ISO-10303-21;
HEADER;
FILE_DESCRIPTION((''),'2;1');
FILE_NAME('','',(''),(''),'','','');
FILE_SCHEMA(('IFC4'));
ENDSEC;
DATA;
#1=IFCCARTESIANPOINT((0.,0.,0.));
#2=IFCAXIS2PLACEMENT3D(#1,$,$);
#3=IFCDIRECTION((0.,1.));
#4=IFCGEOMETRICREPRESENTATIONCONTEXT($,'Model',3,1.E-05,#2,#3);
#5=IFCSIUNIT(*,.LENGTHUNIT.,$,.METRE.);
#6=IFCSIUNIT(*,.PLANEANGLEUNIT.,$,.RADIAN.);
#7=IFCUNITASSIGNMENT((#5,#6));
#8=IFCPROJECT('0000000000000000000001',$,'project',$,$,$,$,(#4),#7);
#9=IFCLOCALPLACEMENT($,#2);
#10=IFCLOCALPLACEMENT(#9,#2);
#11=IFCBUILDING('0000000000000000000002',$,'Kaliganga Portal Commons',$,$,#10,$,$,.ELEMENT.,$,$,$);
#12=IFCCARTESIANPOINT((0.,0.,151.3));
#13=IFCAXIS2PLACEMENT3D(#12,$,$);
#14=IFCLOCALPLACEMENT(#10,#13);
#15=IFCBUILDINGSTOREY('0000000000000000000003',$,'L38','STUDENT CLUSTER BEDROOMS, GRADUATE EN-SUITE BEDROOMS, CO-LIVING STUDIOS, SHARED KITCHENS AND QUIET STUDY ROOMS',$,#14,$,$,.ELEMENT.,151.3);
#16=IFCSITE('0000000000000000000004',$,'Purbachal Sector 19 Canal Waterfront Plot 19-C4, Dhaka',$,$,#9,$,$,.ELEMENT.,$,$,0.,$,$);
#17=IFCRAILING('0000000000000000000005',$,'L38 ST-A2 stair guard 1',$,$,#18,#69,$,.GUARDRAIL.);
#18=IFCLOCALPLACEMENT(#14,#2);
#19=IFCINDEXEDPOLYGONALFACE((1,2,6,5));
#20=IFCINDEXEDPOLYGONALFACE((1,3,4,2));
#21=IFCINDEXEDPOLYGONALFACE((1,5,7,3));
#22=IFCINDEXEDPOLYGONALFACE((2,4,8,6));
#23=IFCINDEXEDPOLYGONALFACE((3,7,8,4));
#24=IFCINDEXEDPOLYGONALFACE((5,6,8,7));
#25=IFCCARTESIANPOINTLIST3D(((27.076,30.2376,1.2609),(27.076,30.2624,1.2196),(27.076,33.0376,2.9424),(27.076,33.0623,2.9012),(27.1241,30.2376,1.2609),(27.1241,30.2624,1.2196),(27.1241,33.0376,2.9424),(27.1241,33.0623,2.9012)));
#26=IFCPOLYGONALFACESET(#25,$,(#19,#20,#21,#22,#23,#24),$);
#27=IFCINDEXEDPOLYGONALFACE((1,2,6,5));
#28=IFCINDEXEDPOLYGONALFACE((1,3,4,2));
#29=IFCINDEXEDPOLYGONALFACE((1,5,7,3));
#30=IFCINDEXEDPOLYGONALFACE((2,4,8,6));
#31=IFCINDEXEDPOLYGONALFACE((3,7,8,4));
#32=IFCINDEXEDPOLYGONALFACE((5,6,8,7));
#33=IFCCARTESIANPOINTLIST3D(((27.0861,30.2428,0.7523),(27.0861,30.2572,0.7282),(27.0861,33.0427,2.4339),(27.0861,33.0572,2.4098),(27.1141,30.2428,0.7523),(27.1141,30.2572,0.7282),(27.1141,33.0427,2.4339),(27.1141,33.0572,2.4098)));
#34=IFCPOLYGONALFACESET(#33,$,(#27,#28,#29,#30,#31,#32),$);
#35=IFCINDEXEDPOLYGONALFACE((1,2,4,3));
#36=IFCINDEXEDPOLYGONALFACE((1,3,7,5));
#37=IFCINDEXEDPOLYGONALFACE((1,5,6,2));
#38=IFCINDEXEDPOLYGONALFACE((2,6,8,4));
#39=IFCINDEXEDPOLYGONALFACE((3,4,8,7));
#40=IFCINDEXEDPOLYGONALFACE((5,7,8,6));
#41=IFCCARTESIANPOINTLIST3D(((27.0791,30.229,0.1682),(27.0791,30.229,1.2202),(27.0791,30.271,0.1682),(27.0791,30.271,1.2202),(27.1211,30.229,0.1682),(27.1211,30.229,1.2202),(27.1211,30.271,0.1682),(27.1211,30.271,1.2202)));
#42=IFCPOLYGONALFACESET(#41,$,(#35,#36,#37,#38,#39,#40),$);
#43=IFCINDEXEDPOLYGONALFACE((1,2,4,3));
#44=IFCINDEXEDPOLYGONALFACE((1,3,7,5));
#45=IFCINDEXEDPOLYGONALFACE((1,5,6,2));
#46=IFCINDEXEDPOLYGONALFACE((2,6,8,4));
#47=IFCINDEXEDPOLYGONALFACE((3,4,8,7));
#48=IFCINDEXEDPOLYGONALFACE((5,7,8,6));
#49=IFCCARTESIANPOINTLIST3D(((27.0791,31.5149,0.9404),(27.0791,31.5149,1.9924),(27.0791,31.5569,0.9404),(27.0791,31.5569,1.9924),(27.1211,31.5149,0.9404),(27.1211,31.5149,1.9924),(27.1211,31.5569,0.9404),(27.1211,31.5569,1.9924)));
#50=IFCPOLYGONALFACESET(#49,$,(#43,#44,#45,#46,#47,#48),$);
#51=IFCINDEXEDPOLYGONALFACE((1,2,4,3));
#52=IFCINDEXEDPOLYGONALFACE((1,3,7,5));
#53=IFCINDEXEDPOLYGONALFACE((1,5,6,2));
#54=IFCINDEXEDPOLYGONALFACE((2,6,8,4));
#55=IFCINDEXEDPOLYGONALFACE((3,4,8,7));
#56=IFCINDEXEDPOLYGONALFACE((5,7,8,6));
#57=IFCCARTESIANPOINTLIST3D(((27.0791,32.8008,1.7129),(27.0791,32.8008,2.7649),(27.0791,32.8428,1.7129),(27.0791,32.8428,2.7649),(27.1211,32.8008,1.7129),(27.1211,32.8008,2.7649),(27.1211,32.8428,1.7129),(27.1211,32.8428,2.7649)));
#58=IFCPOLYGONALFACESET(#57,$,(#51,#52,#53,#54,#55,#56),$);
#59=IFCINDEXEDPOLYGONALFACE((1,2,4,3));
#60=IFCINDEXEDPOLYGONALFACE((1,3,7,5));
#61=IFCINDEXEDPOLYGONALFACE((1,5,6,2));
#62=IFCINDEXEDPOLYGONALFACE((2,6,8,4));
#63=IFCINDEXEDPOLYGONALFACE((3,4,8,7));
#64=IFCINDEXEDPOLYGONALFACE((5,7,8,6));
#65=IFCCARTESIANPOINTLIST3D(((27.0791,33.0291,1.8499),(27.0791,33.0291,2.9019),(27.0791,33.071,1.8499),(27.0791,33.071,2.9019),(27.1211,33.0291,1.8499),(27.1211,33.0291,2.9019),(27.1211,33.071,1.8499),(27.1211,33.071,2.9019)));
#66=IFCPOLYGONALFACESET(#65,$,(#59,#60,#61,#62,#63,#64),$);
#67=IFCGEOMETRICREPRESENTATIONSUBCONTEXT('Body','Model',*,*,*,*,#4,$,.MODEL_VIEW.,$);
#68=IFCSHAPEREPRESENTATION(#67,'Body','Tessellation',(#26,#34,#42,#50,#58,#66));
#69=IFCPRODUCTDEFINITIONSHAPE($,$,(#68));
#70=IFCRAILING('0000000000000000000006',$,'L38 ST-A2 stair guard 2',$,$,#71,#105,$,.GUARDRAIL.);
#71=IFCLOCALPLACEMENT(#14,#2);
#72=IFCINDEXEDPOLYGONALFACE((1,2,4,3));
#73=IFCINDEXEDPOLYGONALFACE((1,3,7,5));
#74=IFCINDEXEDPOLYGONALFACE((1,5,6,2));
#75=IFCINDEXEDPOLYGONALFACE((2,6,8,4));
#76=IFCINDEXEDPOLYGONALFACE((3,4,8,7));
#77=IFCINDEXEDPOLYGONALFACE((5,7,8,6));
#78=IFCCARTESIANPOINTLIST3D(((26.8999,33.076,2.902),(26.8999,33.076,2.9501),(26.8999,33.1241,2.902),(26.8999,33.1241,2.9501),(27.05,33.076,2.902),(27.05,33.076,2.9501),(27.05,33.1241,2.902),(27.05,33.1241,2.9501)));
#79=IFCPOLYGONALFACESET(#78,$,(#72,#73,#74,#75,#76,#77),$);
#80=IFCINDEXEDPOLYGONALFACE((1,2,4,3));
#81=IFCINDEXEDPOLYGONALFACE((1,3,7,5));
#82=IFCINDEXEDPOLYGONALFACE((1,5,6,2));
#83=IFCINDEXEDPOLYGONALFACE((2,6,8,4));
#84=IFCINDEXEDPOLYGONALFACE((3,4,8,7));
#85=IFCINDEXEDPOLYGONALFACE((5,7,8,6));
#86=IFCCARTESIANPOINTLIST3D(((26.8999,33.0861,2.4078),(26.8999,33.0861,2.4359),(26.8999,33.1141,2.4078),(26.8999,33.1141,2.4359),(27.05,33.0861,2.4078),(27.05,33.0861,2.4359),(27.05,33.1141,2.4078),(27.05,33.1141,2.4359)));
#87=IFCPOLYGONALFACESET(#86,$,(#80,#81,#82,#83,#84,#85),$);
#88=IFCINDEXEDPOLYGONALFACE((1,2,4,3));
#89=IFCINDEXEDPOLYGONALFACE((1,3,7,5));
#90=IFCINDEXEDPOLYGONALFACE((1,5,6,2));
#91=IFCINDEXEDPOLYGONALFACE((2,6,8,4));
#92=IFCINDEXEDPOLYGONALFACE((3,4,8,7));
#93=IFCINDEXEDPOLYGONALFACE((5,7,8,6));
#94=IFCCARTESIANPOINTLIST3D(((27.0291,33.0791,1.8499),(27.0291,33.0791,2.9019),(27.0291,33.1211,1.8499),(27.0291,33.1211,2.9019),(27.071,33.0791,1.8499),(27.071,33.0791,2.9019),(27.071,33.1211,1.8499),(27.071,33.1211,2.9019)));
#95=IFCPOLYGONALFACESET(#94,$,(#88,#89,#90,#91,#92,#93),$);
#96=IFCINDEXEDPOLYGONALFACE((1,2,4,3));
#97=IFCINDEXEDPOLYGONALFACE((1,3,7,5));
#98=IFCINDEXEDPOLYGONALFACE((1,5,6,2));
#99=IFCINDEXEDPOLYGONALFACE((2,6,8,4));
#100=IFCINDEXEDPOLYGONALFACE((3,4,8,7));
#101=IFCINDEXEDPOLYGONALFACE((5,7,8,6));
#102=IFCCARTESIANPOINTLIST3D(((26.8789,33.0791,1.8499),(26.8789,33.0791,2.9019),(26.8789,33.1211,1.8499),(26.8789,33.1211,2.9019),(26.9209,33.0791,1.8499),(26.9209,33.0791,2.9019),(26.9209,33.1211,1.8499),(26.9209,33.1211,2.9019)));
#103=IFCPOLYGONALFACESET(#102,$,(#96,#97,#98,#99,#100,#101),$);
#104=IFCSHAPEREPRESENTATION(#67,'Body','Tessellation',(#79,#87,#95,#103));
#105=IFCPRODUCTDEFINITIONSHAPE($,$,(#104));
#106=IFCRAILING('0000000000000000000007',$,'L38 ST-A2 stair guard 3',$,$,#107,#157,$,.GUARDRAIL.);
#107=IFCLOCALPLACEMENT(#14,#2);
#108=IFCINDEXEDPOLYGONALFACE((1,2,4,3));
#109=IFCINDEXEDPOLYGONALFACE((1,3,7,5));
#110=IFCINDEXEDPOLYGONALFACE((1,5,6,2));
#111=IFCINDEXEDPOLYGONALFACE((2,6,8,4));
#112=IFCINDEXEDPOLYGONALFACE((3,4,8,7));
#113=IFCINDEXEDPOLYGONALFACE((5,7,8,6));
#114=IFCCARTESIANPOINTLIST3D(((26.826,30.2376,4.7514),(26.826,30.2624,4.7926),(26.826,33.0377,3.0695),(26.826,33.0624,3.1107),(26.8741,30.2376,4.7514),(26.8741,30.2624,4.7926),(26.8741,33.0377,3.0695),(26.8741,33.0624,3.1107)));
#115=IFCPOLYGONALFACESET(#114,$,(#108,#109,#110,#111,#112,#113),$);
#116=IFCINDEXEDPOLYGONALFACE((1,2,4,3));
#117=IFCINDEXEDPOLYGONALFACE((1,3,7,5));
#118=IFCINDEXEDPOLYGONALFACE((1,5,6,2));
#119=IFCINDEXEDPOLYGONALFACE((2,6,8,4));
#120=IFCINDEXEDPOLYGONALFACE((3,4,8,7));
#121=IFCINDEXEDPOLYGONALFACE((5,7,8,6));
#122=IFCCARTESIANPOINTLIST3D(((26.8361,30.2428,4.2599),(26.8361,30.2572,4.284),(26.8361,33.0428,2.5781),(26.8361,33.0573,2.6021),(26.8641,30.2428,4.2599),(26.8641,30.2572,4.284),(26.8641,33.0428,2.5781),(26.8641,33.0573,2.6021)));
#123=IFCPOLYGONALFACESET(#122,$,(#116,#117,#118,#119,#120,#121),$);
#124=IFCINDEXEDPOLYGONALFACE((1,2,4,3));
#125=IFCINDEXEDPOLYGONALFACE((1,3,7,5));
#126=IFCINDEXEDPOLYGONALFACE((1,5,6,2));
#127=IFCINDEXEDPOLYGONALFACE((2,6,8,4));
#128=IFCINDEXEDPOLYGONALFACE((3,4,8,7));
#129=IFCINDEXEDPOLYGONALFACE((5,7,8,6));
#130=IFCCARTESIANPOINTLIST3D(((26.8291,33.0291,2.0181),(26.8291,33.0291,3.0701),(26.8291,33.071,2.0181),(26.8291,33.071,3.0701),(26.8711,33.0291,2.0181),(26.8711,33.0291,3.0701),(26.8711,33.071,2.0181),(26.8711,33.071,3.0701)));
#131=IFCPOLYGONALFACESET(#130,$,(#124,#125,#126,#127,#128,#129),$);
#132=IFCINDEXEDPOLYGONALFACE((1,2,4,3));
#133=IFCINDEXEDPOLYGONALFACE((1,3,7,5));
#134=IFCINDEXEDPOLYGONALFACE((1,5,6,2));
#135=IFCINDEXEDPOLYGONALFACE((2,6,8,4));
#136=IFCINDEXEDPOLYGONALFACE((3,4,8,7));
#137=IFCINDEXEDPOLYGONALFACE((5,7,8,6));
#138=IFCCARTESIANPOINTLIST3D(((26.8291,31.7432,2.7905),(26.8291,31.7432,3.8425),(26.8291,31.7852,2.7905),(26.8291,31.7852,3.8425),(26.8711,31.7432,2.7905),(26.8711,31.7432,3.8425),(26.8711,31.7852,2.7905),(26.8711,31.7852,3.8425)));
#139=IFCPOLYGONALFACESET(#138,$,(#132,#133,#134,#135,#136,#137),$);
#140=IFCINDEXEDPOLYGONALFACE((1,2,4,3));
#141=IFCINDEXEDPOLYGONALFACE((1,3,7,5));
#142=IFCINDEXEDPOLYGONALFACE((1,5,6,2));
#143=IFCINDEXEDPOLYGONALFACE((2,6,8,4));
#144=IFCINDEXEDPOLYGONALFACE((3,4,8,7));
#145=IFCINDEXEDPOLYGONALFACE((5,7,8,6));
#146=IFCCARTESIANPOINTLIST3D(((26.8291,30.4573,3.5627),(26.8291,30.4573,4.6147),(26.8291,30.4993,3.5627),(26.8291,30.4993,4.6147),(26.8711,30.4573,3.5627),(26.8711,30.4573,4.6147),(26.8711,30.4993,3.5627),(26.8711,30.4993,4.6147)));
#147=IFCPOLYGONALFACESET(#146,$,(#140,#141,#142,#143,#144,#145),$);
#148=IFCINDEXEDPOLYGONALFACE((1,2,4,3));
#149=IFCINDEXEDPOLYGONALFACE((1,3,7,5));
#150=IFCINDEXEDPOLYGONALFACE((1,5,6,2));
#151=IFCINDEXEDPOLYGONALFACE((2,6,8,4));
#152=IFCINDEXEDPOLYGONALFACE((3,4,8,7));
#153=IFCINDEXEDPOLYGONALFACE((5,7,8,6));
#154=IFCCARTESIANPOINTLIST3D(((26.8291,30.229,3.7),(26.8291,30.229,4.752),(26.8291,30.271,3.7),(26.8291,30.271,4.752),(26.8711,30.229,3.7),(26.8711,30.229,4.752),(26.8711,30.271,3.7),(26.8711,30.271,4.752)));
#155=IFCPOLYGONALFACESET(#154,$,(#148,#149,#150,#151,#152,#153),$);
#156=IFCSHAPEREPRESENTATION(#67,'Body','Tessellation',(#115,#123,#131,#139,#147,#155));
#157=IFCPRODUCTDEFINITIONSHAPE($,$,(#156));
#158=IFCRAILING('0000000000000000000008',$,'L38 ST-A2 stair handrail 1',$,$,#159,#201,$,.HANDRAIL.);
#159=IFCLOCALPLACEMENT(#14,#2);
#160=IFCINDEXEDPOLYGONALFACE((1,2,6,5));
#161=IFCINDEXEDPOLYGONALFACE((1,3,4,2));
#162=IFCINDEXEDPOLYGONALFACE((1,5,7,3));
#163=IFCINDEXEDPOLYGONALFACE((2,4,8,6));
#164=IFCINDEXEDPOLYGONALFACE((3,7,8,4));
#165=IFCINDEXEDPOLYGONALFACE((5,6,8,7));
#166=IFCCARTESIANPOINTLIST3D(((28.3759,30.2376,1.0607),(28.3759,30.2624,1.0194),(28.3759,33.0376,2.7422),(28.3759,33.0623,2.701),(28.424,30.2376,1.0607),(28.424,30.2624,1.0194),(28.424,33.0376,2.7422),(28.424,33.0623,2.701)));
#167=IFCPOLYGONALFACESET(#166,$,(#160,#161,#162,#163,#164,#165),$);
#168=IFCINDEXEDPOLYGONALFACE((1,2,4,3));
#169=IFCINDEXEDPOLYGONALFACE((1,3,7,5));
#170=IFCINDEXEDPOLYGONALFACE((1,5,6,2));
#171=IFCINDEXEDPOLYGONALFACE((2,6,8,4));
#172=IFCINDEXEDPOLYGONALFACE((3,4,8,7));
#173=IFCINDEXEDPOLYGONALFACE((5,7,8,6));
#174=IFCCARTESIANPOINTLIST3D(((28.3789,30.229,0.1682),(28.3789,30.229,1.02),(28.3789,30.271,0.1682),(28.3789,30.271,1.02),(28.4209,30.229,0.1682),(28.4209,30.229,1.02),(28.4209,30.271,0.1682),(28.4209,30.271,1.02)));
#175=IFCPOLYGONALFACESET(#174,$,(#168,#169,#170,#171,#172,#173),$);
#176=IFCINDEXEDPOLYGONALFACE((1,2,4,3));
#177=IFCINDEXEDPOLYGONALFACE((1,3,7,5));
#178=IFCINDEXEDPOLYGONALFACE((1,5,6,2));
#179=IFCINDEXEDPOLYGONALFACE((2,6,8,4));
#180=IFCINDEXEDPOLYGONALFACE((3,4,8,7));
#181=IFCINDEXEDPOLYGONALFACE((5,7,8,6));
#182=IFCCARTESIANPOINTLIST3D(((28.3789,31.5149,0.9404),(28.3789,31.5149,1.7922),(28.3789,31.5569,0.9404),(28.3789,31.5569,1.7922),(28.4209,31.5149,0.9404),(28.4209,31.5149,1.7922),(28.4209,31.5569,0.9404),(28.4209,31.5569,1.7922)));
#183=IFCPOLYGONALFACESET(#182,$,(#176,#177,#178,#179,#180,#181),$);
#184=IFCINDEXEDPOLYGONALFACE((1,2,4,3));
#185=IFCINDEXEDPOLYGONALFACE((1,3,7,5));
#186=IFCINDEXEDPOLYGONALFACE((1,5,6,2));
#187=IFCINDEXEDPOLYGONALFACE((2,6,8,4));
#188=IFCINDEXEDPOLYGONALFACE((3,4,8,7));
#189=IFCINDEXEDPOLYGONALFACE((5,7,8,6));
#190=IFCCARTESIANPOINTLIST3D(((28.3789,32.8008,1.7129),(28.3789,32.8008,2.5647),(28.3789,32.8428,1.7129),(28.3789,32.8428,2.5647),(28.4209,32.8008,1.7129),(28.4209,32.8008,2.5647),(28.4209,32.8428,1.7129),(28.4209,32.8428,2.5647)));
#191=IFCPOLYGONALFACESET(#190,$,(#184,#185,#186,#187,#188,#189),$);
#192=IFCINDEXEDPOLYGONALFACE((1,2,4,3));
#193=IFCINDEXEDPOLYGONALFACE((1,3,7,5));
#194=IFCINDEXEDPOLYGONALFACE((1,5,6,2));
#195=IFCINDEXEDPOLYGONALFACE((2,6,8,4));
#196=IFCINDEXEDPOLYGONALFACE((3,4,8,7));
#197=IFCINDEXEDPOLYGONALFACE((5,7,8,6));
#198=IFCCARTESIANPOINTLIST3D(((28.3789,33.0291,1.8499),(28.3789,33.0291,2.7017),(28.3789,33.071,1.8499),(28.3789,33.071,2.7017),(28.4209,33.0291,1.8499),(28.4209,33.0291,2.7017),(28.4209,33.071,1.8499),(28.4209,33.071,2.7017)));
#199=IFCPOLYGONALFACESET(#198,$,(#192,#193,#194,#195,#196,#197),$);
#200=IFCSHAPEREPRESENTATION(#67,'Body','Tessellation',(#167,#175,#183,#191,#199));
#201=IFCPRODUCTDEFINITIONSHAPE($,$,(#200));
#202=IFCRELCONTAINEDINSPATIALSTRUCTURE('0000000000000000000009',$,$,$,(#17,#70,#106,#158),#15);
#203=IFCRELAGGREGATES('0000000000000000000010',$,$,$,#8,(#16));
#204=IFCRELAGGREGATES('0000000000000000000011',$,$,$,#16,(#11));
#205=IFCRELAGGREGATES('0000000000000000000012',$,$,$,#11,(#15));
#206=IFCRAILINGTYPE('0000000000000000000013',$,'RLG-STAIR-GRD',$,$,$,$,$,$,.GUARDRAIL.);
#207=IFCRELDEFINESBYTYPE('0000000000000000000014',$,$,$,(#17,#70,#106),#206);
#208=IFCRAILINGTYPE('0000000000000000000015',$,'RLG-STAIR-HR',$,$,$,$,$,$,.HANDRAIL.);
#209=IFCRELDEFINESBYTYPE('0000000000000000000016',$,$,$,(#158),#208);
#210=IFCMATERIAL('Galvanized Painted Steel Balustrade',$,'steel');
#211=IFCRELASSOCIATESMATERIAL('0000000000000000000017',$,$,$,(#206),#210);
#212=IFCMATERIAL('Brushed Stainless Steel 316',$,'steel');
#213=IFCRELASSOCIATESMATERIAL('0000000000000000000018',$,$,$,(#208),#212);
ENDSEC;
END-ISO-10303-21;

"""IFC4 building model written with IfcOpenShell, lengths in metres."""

from ifc_helpers import new_model, si_unit, direction, frame, origin, origin_2d, place, context, subcontext, project, spatial, rectangle, extrude, material, type_object, element, save


model = new_model("IFC4")

# Units and contexts
model_context = context("Model", 3, precision=1e-05, world=origin(), true_north=direction((0.0, 1.0)))
body_context = subcontext(model_context, "Body", "Model", "MODEL_VIEW")
ifc_project = project(units=[si_unit("LENGTHUNIT", "METRE"), si_unit("PLANEANGLEUNIT", "RADIAN")], contexts=[model_context])

# Site, building, storey
site_placement = place(None, origin())
site = spatial("IfcSite", under=ifc_project, at=site_placement, Name="Purbachal Sector 19 Canal Waterfront Plot 19-C4, Dhaka", CompositionType="ELEMENT", RefElevation=0.0)
building_placement = place(site_placement, origin())
building = spatial("IfcBuilding", under=site, at=building_placement, Name="Kaliganga Portal Commons", CompositionType="ELEMENT")
storey_placement = place(building_placement, frame((0.0, 0.0, 151.3)))
storey = spatial("IfcBuildingStorey", under=building, at=storey_placement, Name="L38", Description="STUDENT CLUSTER BEDROOMS, GRADUATE EN-SUITE BEDROOMS, CO-LIVING STUDIOS, SHARED KITCHENS AND QUIET STUDY ROOMS", CompositionType="ELEMENT", Elevation=151.3)

# Railings
ifc_material_1 = material(Name="Galvanized Painted Steel Balustrade", Category="steel")
railing_type_1 = type_object("IfcRailingType", Name="RLG-STAIR-GRD", PredefinedType="GUARDRAIL", material=ifc_material_1)
railing_1_placement = place(storey_placement, frame((27.1001, 30.25, 0.1682)))
element("IfcRailing", 1, at=railing_1_placement, inside=storey, type_object=railing_type_1, Name="L38 ST-A2 stair guard 1", PredefinedType="GUARDRAIL", context=body_context, shape_type="SweptSolid", body=[
    extrude(rectangle(XDim=0.0481, YDim=0.0481, at=origin_2d()), frame((0.0, 0.0, 1.072), z_axis=(0.0, 0.857275, 0.514858), x_axis=(-1.0, 0.0, 0.0)), (0.0, 0.0, 1.0), 3.2661),
    extrude(rectangle(XDim=0.0281, YDim=0.0281, at=origin_2d()), frame((0.0, 0.0, 0.572), z_axis=(0.0, 0.857275, 0.514858), x_axis=(-1.0, 0.0, 0.0)), (0.0, 0.0, 1.0), 3.2661),
    extrude(rectangle(XDim=0.042, YDim=0.042, at=origin_2d()), origin(), (0.0, 0.0, 1.0), 1.052),
    extrude(rectangle(XDim=0.042, YDim=0.042, at=origin_2d()), frame((0.0, 1.2859, 0.7722)), (0.0, 0.0, 1.0), 1.052),
    extrude(rectangle(XDim=0.042, YDim=0.042, at=origin_2d()), frame((0.0, 2.5718, 1.5447)), (0.0, 0.0, 1.0), 1.052),
    extrude(rectangle(XDim=0.042, YDim=0.042, at=origin_2d()), frame((0.0, 2.8, 1.6816)), (0.0, 0.0, 1.0), 1.052),
])
railing_2_placement = place(storey_placement, frame((27.05, 33.1001, 1.8499)))
element("IfcRailing", 2, at=railing_2_placement, inside=storey, type_object=railing_type_1, Name="L38 ST-A2 stair guard 2", PredefinedType="GUARDRAIL", context=body_context, shape_type="SweptSolid", body=[
    extrude(rectangle(XDim=0.0481, YDim=0.0481, at=origin_2d()), frame((0.0, 0.0, 1.0762), z_axis=(-1.0, 0.0, 0.0), x_axis=(0.0, -1.0, 0.0)), (0.0, 0.0, 1.0), 0.1501),
    extrude(rectangle(XDim=0.0281, YDim=0.0281, at=origin_2d()), frame((0.0, 0.0, 0.572), z_axis=(-1.0, 0.0, 0.0), x_axis=(0.0, -1.0, 0.0)), (0.0, 0.0, 1.0), 0.1501),
    extrude(rectangle(XDim=0.042, YDim=0.042, at=origin_2d()), origin(), (0.0, 0.0, 1.0), 1.052),
    extrude(rectangle(XDim=0.042, YDim=0.042, at=origin_2d()), frame((-0.1501, 0.0, 0.0)), (0.0, 0.0, 1.0), 1.052),
])
railing_3_placement = place(storey_placement, frame((26.8501, 33.05, 2.0181)))
element("IfcRailing", 3, at=railing_3_placement, inside=storey, type_object=railing_type_1, Name="L38 ST-A2 stair guard 3", PredefinedType="GUARDRAIL", context=body_context, shape_type="SweptSolid", body=[
    extrude(rectangle(XDim=0.0481, YDim=0.0481, at=origin_2d()), frame((0.0, 0.0, 1.072), z_axis=(0.0, -0.857242, 0.514913), x_axis=(1.0, 0.0, 0.0)), (0.0, 0.0, 1.0), 3.2664),
    extrude(rectangle(XDim=0.0281, YDim=0.0281, at=origin_2d()), frame((0.0, 0.0, 0.572), z_axis=(0.0, -0.857242, 0.514913), x_axis=(1.0, 0.0, 0.0)), (0.0, 0.0, 1.0), 3.2664),
    extrude(rectangle(XDim=0.042, YDim=0.042, at=origin_2d()), origin(), (0.0, 0.0, 1.0), 1.052),
    extrude(rectangle(XDim=0.042, YDim=0.042, at=origin_2d()), frame((0.0, -1.2859, 0.7725)), (0.0, 0.0, 1.0), 1.052),
    extrude(rectangle(XDim=0.042, YDim=0.042, at=origin_2d()), frame((0.0, -2.5718, 1.5447)), (0.0, 0.0, 1.0), 1.052),
    extrude(rectangle(XDim=0.042, YDim=0.042, at=origin_2d()), frame((0.0, -2.8, 1.6819)), (0.0, 0.0, 1.0), 1.052),
])
ifc_material_2 = material(Name="Brushed Stainless Steel 316", Category="steel")
railing_type_2 = type_object("IfcRailingType", Name="RLG-STAIR-HR", PredefinedType="HANDRAIL", material=ifc_material_2)
railing_4_placement = place(storey_placement, frame((28.3999, 30.25, 0.1682)))
element("IfcRailing", 4, at=railing_4_placement, inside=storey, type_object=railing_type_2, Name="L38 ST-A2 stair handrail 1", PredefinedType="HANDRAIL", context=body_context, shape_type="SweptSolid", body=[
    extrude(rectangle(XDim=0.0481, YDim=0.0481, at=origin_2d()), frame((0.0, 0.0, 0.8718), z_axis=(0.0, 0.857275, 0.514858), x_axis=(-1.0, 0.0, 0.0)), (0.0, 0.0, 1.0), 3.2661),
    extrude(rectangle(XDim=0.042, YDim=0.042, at=origin_2d()), origin(), (0.0, 0.0, 1.0), 0.8518),
    extrude(rectangle(XDim=0.042, YDim=0.042, at=origin_2d()), frame((0.0, 1.2859, 0.7722)), (0.0, 0.0, 1.0), 0.8518),
    extrude(rectangle(XDim=0.042, YDim=0.042, at=origin_2d()), frame((0.0, 2.5718, 1.5447)), (0.0, 0.0, 1.0), 0.8518),
    extrude(rectangle(XDim=0.042, YDim=0.042, at=origin_2d()), frame((0.0, 2.8, 1.6816)), (0.0, 0.0, 1.0), 0.8518),
])

save(model, "model.ifc")
